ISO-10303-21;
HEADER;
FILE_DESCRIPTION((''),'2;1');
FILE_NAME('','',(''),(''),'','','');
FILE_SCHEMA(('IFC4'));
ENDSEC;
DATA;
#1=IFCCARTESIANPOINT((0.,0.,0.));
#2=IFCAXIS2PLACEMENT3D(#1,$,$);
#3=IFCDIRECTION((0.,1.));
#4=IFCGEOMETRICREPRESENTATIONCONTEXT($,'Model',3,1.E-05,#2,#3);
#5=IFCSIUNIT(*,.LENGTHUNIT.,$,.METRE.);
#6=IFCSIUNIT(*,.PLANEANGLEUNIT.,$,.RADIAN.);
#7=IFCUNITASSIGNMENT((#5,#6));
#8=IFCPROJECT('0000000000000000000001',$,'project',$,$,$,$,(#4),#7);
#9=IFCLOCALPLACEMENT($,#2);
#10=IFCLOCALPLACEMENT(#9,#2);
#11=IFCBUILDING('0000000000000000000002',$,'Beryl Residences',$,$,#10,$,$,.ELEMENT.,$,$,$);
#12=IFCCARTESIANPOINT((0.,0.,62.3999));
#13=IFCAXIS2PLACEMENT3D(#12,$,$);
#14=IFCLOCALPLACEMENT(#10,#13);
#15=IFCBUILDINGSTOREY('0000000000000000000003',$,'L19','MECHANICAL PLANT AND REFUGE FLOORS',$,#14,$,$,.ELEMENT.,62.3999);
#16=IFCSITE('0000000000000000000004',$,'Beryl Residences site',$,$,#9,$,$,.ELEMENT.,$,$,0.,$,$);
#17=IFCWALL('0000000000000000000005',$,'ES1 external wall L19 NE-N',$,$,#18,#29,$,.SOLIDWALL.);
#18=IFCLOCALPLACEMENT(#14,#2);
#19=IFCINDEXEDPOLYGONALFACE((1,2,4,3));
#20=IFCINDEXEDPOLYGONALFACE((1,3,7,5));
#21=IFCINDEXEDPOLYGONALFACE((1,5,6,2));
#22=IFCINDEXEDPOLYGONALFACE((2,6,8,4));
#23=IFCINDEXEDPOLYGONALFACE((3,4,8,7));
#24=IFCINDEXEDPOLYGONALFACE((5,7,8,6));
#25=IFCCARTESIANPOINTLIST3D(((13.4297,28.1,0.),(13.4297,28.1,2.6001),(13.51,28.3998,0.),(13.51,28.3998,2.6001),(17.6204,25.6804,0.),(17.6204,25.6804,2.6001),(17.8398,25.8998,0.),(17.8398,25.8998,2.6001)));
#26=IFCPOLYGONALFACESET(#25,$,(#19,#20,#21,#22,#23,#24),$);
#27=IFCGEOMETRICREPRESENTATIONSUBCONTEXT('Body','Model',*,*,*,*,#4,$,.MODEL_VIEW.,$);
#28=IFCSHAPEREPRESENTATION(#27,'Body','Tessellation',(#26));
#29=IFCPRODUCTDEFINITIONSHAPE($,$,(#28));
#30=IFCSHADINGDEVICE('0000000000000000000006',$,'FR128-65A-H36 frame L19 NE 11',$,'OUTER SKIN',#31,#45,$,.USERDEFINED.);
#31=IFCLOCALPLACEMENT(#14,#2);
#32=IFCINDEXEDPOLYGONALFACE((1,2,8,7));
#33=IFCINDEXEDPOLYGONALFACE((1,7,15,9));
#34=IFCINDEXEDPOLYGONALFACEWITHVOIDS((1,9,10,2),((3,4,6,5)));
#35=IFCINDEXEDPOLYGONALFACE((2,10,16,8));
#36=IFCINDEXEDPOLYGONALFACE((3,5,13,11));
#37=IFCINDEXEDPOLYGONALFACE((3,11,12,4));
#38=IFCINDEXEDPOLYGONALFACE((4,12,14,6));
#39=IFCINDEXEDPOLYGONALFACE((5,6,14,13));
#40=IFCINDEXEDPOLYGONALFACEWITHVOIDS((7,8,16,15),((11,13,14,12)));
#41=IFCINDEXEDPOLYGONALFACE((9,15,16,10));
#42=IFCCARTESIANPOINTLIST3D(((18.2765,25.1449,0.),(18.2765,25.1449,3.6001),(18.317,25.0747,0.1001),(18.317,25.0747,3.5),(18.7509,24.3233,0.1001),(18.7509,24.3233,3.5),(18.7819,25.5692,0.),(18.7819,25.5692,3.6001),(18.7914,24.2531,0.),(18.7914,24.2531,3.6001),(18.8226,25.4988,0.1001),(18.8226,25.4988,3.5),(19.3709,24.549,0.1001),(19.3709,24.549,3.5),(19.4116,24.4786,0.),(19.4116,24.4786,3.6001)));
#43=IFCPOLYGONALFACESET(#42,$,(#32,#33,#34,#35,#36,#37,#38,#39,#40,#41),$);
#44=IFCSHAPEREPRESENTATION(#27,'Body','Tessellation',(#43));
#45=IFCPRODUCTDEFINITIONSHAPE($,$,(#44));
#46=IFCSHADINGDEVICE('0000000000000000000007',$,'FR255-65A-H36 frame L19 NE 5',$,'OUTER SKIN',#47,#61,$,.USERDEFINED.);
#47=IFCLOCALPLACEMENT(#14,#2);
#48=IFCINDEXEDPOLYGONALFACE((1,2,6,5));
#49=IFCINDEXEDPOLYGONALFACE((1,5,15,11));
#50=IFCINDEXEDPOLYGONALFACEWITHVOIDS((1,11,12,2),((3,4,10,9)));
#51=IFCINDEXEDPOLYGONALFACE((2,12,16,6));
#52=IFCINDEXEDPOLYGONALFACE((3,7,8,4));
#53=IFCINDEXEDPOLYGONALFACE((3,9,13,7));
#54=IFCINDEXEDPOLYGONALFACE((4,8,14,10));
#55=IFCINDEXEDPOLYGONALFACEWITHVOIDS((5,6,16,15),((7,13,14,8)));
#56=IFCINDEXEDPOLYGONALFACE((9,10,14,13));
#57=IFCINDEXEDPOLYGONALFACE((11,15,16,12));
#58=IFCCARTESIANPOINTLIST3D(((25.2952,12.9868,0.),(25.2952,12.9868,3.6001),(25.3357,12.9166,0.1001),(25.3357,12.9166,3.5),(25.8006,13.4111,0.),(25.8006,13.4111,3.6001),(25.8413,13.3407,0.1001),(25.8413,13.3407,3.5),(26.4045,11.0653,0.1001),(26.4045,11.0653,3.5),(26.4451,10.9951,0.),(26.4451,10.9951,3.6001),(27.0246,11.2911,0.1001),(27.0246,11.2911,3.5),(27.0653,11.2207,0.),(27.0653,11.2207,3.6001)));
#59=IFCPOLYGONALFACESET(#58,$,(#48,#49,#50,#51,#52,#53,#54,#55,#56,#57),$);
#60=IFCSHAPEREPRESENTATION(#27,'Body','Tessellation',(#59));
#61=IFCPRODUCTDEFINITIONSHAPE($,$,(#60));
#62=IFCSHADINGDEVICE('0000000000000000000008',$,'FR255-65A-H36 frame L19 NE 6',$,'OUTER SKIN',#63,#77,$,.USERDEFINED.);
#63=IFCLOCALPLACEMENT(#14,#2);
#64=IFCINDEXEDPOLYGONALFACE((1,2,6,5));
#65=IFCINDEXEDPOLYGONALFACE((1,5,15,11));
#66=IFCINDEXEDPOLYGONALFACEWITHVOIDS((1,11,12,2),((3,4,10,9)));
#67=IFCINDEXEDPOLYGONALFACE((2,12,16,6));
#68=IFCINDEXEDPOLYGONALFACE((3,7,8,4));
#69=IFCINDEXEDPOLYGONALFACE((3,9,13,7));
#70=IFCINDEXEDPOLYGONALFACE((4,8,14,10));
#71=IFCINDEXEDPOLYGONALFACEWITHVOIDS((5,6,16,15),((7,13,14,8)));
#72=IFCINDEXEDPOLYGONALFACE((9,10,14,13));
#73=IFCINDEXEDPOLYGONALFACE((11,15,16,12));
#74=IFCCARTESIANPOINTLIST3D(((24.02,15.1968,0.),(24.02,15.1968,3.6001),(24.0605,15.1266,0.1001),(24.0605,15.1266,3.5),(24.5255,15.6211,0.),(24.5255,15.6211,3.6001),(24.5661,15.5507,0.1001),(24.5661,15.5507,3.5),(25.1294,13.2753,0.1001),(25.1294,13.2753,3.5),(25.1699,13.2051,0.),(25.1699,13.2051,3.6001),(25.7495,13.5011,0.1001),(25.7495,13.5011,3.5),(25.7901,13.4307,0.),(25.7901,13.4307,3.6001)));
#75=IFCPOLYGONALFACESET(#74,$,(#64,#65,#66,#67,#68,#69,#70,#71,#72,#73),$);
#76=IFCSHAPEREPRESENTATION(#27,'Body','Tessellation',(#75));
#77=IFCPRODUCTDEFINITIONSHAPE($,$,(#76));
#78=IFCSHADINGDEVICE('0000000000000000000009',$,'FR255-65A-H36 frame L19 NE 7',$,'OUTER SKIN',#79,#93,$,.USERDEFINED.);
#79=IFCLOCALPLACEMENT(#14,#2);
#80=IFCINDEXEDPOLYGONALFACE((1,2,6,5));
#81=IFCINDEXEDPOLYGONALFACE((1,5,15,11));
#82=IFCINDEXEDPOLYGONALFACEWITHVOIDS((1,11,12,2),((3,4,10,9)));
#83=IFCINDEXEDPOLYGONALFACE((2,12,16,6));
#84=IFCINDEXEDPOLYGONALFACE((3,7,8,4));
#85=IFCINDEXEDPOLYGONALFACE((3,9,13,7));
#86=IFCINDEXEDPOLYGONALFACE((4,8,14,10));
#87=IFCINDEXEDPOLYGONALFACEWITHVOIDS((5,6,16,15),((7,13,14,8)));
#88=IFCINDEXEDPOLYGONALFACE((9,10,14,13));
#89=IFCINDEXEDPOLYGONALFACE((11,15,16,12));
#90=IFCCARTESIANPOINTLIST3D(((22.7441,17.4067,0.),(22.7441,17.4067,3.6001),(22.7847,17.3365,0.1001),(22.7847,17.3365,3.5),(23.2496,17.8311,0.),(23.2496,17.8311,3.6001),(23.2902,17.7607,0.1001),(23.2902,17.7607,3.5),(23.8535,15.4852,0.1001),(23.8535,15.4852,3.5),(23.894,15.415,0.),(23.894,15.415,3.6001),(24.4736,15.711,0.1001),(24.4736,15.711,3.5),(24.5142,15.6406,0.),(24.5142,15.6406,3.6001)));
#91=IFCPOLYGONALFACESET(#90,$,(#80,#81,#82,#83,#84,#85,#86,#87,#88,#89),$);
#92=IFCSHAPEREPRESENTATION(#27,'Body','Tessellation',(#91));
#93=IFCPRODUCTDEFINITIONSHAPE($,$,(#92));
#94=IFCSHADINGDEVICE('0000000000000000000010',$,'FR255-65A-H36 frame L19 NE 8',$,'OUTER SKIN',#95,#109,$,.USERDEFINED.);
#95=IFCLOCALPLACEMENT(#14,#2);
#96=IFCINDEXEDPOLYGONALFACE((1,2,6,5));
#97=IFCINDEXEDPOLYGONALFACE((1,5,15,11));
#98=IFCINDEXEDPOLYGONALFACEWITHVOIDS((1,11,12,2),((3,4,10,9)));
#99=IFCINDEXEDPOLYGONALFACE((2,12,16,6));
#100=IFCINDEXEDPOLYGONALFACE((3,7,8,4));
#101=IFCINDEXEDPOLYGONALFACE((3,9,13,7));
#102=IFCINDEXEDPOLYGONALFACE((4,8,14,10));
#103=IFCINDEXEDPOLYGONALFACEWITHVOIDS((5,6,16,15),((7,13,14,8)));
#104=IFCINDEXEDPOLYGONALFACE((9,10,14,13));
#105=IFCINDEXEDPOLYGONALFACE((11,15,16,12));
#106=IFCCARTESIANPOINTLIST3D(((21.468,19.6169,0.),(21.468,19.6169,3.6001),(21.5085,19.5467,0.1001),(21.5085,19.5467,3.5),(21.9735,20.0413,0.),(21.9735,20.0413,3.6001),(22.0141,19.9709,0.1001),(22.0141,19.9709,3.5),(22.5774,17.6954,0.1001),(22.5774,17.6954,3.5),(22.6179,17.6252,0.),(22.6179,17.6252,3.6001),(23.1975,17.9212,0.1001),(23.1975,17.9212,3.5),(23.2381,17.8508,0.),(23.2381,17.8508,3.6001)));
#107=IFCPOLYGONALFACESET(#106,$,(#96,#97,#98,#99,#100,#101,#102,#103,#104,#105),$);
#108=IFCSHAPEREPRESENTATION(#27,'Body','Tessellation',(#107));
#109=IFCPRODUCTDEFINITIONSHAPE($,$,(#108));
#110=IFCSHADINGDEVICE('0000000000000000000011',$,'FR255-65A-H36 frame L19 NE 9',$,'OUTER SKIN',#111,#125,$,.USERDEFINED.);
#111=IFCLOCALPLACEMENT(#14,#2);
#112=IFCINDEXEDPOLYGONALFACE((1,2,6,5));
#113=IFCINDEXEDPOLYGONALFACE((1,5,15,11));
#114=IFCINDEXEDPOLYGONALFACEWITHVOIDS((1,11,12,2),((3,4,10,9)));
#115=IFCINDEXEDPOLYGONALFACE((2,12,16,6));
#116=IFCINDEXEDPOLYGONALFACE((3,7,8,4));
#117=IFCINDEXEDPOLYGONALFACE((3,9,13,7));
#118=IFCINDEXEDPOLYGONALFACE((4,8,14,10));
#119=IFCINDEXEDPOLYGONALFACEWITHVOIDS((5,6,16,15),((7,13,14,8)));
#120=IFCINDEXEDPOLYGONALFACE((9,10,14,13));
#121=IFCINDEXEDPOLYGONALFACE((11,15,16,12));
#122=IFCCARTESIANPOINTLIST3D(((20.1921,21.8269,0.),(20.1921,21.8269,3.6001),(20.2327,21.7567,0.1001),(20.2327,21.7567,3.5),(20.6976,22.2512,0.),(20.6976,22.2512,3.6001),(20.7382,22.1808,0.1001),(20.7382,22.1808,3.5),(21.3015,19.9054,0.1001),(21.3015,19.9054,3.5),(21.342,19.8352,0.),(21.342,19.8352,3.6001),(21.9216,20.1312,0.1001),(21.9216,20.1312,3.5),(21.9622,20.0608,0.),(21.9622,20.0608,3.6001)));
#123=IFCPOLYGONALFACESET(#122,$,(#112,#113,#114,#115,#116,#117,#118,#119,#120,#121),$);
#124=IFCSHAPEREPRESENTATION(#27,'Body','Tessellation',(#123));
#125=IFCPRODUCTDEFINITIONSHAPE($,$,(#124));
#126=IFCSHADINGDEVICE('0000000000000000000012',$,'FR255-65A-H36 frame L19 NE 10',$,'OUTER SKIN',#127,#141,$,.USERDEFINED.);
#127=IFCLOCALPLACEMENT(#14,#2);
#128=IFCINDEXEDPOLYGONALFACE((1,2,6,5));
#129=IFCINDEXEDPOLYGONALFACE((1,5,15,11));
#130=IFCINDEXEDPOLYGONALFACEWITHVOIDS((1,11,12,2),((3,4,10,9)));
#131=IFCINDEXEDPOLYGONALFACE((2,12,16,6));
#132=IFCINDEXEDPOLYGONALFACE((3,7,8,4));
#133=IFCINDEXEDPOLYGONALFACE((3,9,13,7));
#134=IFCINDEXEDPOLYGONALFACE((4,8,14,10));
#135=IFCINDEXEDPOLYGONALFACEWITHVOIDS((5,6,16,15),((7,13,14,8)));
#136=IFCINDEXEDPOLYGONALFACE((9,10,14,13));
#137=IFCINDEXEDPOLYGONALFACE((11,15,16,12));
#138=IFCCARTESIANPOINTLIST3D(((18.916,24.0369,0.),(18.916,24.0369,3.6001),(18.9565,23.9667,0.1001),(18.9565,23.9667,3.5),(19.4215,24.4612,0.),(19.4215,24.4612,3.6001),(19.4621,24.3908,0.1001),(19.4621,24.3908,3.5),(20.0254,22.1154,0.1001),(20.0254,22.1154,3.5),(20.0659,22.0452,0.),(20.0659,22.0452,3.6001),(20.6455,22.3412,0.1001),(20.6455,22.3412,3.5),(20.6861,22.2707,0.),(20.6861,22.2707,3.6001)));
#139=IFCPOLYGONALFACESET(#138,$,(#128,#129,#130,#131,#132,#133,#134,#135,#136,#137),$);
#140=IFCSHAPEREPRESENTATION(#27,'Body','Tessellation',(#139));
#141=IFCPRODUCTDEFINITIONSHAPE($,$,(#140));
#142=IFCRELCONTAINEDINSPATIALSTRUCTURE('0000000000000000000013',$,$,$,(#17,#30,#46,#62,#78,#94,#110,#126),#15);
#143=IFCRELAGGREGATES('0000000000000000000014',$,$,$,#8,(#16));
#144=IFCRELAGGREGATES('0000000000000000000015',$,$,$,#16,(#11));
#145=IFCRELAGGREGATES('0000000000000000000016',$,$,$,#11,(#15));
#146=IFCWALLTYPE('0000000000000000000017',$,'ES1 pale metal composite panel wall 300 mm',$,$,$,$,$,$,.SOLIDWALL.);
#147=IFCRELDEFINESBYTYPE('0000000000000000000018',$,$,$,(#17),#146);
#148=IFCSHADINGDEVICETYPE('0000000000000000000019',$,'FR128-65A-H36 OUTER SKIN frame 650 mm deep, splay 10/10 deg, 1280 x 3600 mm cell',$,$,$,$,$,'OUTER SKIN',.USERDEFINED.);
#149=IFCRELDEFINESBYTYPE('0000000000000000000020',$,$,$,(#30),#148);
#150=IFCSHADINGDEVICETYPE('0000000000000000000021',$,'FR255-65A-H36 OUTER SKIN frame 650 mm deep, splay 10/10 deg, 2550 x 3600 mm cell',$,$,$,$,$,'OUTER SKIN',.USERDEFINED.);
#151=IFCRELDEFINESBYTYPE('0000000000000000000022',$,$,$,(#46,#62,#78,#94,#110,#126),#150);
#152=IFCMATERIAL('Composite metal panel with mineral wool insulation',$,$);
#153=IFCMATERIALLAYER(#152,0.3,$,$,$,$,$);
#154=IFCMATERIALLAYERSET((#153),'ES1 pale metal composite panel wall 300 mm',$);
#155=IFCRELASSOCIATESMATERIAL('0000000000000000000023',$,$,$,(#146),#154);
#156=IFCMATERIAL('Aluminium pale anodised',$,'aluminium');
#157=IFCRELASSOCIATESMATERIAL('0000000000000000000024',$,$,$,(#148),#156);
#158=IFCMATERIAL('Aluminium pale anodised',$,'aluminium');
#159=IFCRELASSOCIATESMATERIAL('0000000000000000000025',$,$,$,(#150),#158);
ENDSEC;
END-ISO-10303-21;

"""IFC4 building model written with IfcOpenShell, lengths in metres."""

from ifc_helpers import new_model, entity, si_unit, direction, frame, origin, place, context, subcontext, project, spatial, polyline, outline, extrude, source, transform, mapped, material, layer, layer_set, type_object, type_shapes, element, save


model = new_model("IFC4")

# Units and contexts
model_context = context("Model", 3, precision=1e-05, world=origin(), true_north=direction((0.0, 1.0)))
body_context = subcontext(model_context, "Body", "Model", "MODEL_VIEW")
ifc_project = project(units=[si_unit("LENGTHUNIT", "METRE"), si_unit("PLANEANGLEUNIT", "RADIAN")], contexts=[model_context])

# Site, building, storey
site_placement = place(None, origin())
site = spatial("IfcSite", under=ifc_project, at=site_placement, Name="Beryl Residences site", CompositionType="ELEMENT", RefElevation=0.0)
building_placement = place(site_placement, origin())
building = spatial("IfcBuilding", under=site, at=building_placement, Name="Beryl Residences", CompositionType="ELEMENT")
storey_placement = place(building_placement, frame((0.0, 0.0, 62.3999)))
storey = spatial("IfcBuildingStorey", under=building, at=storey_placement, Name="L19", Description="MECHANICAL PLANT AND REFUGE FLOORS", CompositionType="ELEMENT", Elevation=62.3999)

# Wall
ifc_material_1 = material(Name="Composite metal panel with mineral wool insulation")
ifc_layer = layer(ifc_material_1, 0.3)
ifc_layer_set = layer_set([ifc_layer], Name="ES1 pale metal composite panel wall 300 mm")
wall_type = type_object("IfcWallType", Name="ES1 pale metal composite panel wall 300 mm", PredefinedType="SOLIDWALL", material=ifc_layer_set)
wall_placement = place(storey_placement, frame((17.7649, 25.77, 0.0), z_axis=(0.0, 0.0, 1.0), x_axis=(-0.866011, 0.500025, 0.0)))
element("IfcWall", 1, at=wall_placement, inside=storey, type_object=wall_type, Name="ES1 external wall L19 NE-N", PredefinedType="SOLIDWALL", context=body_context, shape_type="SweptSolid", body=[
    extrude(outline(polyline([(0.0, -0.1499), (4.9998, -0.1499), (4.9194, 0.1499), (0.0803, 0.1499), (0.0, -0.1499)])), origin(), (0.0, 0.0, 1.0), 2.6001),
])

# Shading devices
ifc_material_2 = material(Name="Aluminium pale anodised", Category="aluminium")
shading_device_type_1 = type_object("IfcShadingDeviceType", Name="FR128-65A-H36 OUTER SKIN frame 650 mm deep, splay 10/10 deg, 1280 x 3600 mm cell", ElementType="OUTER SKIN", PredefinedType="USERDEFINED", material=ifc_material_2)
cartesian_point_1 = entity("IfcCartesianPoint", [-0.5149, 0.0])
cartesian_point_2 = entity("IfcCartesianPoint", [-0.4338, 0.1001])
cartesian_point_3 = entity("IfcCartesianPoint", [-0.6296, 0.0])
cartesian_point_4 = entity("IfcCartesianPoint", [-0.5483, 0.1001])
shared_shape_1 = source(origin(), body_context, "Body", "SweptSolid", [
    entity("IfcExtrudedAreaSolidTapered", entity("IfcArbitraryProfileDefWithVoids", "AREA", None, entity("IfcPolyline", [cartesian_point_1, entity("IfcCartesianPoint", [0.5149, 0.0]), entity("IfcCartesianPoint", [0.5149, 3.6001]), entity("IfcCartesianPoint", [-0.5149, 3.6001]), cartesian_point_1]), [entity("IfcPolyline", [cartesian_point_2, entity("IfcCartesianPoint", [0.4338, 0.1001]), entity("IfcCartesianPoint", [0.4338, 3.5]), entity("IfcCartesianPoint", [-0.4338, 3.5]), cartesian_point_2])]), entity("IfcAxis2Placement3D", entity("IfcCartesianPoint", [0.0, 0.0, 0.0]), entity("IfcDirection", [0.0, 1.0, 0.0]), entity("IfcDirection", [-1.0, 0.0, 0.0])), entity("IfcDirection", [0.0, 0.0, 1.0]), 0.6499, entity("IfcArbitraryProfileDefWithVoids", "AREA", None, entity("IfcPolyline", [cartesian_point_3, entity("IfcCartesianPoint", [0.6296, 0.0]), entity("IfcCartesianPoint", [0.6296, 3.6001]), entity("IfcCartesianPoint", [-0.6296, 3.6001]), cartesian_point_3]), [entity("IfcPolyline", [cartesian_point_4, entity("IfcCartesianPoint", [0.5483, 0.1001]), entity("IfcCartesianPoint", [0.5483, 3.5]), entity("IfcCartesianPoint", [-0.5483, 3.5]), cartesian_point_4])])),
])
type_shapes(shading_device_type_1, [shared_shape_1])
shading_device_placement = place(storey_placement, frame((18.5339, 24.699, 0.0), z_axis=(0.0, 0.0, 1.0), x_axis=(0.5, -0.866025, 0.0)))
element("IfcShadingDevice", 2, at=shading_device_placement, inside=storey, type_object=shading_device_type_1, Name="FR128-65A-H36 frame L19 NE 11", ObjectType="OUTER SKIN", PredefinedType="USERDEFINED", context=body_context, shape_type="MappedRepresentation", body=[
    mapped(shared_shape_1, transform((0.0, 0.0, 0.0))),
])
ifc_material_3 = material(Name="Aluminium pale anodised", Category="aluminium")
shading_device_type_2 = type_object("IfcShadingDeviceType", Name="FR255-65A-H36 OUTER SKIN frame 650 mm deep, splay 10/10 deg, 2550 x 3600 mm cell", ElementType="OUTER SKIN", PredefinedType="USERDEFINED", material=ifc_material_3)
cartesian_point_5 = entity("IfcCartesianPoint", [-1.1499, 0.0])
cartesian_point_6 = entity("IfcCartesianPoint", [-1.0688, 0.1001])
cartesian_point_7 = entity("IfcCartesianPoint", [-1.2646, 0.0])
cartesian_point_8 = entity("IfcCartesianPoint", [-1.1833, 0.1001])
shared_shape_2 = source(origin(), body_context, "Body", "SweptSolid", [
    entity("IfcExtrudedAreaSolidTapered", entity("IfcArbitraryProfileDefWithVoids", "AREA", None, entity("IfcPolyline", [cartesian_point_5, entity("IfcCartesianPoint", [1.1499, 0.0]), entity("IfcCartesianPoint", [1.1499, 3.6001]), entity("IfcCartesianPoint", [-1.1499, 3.6001]), cartesian_point_5]), [entity("IfcPolyline", [cartesian_point_6, entity("IfcCartesianPoint", [1.0688, 0.1001]), entity("IfcCartesianPoint", [1.0688, 3.5]), entity("IfcCartesianPoint", [-1.0688, 3.5]), cartesian_point_6])]), entity("IfcAxis2Placement3D", entity("IfcCartesianPoint", [0.0, 0.0, 0.0]), entity("IfcDirection", [0.0, 1.0, 0.0]), entity("IfcDirection", [-1.0, 0.0, 0.0])), entity("IfcDirection", [0.0, 0.0, 1.0]), 0.6499, entity("IfcArbitraryProfileDefWithVoids", "AREA", None, entity("IfcPolyline", [cartesian_point_7, entity("IfcCartesianPoint", [1.2646, 0.0]), entity("IfcCartesianPoint", [1.2646, 3.6001]), entity("IfcCartesianPoint", [-1.2646, 3.6001]), cartesian_point_7]), [entity("IfcPolyline", [cartesian_point_8, entity("IfcCartesianPoint", [1.1833, 0.1001]), entity("IfcCartesianPoint", [1.1833, 3.5]), entity("IfcCartesianPoint", [-1.1833, 3.5]), cartesian_point_8])])),
])
type_shapes(shading_device_type_2, [shared_shape_2])
for number, where, z_axis, x_axis, name in (
    (3, (25.8701, 11.991, 0.0), (0.0, 0.0, 1.0), (0.5, -0.866025, 0.0), "FR255-65A-H36 frame L19 NE 5"),
    (4, (24.595, 14.2009, 0.0), (0.0, 0.0, 1.0), (0.5, -0.866025, 0.0), "FR255-65A-H36 frame L19 NE 6"),
    (5, (23.3191, 16.4109, 0.0), (0.0, 0.0, 1.0), (0.5, -0.866025, 0.0), "FR255-65A-H36 frame L19 NE 7"),
    (6, (22.043, 18.6211, 0.0), (0.0, 0.0, 1.0), (0.5, -0.866025, 0.0), "FR255-65A-H36 frame L19 NE 8"),
    (7, (20.7671, 20.8311, 0.0), (0.0, 0.0, 1.0), (0.5, -0.866025, 0.0), "FR255-65A-H36 frame L19 NE 9"),
    (8, (19.491, 23.041, 0.0), (0.0, 0.0, 1.0), (0.5, -0.866025, 0.0), "FR255-65A-H36 frame L19 NE 10"),
):
    element("IfcShadingDevice", number, at=place(storey_placement, frame(where, z_axis=z_axis, x_axis=x_axis)), inside=storey, type_object=shading_device_type_2, Name=name, ObjectType="OUTER SKIN", PredefinedType="USERDEFINED", context=body_context, shape_type="MappedRepresentation", body=[
        mapped(shared_shape_2, transform((0.0, 0.0, 0.0))),
    ])

save(model, "model.ifc")
